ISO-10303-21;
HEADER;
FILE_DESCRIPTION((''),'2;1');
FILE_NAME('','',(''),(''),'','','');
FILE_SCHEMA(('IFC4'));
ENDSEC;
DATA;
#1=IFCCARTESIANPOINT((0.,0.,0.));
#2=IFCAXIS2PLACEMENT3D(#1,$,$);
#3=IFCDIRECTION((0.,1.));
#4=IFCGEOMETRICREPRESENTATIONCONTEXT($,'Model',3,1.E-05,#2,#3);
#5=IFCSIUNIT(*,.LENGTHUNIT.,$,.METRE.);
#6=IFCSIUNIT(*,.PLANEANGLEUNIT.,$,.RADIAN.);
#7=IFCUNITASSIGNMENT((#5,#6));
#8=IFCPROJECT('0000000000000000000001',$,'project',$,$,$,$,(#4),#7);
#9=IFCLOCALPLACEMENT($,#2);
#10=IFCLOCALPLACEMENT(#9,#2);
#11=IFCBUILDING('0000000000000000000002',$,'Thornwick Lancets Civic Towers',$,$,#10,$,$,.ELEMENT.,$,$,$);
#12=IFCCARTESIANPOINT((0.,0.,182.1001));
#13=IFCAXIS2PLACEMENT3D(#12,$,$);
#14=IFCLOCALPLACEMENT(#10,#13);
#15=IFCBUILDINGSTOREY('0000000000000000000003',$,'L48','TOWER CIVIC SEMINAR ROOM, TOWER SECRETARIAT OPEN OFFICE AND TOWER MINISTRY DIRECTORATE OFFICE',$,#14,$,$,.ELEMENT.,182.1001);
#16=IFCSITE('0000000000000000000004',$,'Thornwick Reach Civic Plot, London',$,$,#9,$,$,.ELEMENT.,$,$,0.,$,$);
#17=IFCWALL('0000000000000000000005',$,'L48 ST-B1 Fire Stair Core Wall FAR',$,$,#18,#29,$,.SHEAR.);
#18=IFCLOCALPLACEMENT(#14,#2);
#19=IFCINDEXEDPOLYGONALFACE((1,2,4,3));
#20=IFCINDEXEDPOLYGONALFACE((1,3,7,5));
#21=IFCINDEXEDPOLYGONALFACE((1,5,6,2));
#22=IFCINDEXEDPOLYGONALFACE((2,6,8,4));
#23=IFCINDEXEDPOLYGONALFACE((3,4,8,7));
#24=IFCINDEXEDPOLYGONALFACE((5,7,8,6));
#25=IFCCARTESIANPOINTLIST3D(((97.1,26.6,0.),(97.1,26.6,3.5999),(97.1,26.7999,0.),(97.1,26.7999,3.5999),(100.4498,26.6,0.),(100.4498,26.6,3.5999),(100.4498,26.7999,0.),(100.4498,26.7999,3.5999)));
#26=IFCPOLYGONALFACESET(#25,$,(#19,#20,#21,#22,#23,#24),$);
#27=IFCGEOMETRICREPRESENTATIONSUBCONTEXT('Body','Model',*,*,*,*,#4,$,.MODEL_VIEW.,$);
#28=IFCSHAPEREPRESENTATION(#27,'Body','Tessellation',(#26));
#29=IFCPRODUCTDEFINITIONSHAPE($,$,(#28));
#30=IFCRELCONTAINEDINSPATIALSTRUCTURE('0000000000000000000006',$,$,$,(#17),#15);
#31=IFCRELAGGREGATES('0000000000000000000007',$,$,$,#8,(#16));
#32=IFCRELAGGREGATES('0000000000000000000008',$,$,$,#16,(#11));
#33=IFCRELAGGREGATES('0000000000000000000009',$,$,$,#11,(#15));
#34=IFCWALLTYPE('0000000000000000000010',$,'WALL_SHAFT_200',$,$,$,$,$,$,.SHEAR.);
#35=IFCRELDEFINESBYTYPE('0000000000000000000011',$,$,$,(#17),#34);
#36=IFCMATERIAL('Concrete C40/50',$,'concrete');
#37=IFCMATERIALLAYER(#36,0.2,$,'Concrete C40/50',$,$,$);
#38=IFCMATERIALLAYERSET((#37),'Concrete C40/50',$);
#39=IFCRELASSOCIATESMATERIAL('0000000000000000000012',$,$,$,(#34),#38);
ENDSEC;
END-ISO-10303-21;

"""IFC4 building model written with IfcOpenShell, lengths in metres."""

from ifc_helpers import new_model, si_unit, direction, frame, frame_2d, origin, place, context, subcontext, project, spatial, rectangle, extrude, material, layer, layer_set, type_object, element, save


model = new_model("IFC4")

# Units and contexts
model_context = context("Model", 3, precision=1e-05, world=origin(), true_north=direction((0.0, 1.0)))
body_context = subcontext(model_context, "Body", "Model", "MODEL_VIEW")
ifc_project = project(units=[si_unit("LENGTHUNIT", "METRE"), si_unit("PLANEANGLEUNIT", "RADIAN")], contexts=[model_context])

# Site, building, storey
site_placement = place(None, origin())
site = spatial("IfcSite", under=ifc_project, at=site_placement, Name="Thornwick Reach Civic Plot, London", CompositionType="ELEMENT", RefElevation=0.0)
building_placement = place(site_placement, origin())
building = spatial("IfcBuilding", under=site, at=building_placement, Name="Thornwick Lancets Civic Towers", CompositionType="ELEMENT")
storey_placement = place(building_placement, frame((0.0, 0.0, 182.1001)))
storey = spatial("IfcBuildingStorey", under=building, at=storey_placement, Name="L48", Description="TOWER CIVIC SEMINAR ROOM, TOWER SECRETARIAT OPEN OFFICE AND TOWER MINISTRY DIRECTORATE OFFICE", CompositionType="ELEMENT", Elevation=182.1001)

# Wall
ifc_material_1 = material(Name="Concrete C40/50", Category="concrete")
ifc_layer_1 = layer(ifc_material_1, 0.2, Name="Concrete C40/50")
ifc_layer_set_1 = layer_set([ifc_layer_1], Name="Concrete C40/50")
wall_type_1 = type_object("IfcWallType", Name="WALL_SHAFT_200", PredefinedType="SHEAR", material=ifc_layer_set_1)
wall_1_placement = place(storey_placement, frame((97.1001, 26.7, 0.0), z_axis=(0.0, 0.0, 1.0), x_axis=(1.0, 0.0, 0.0)))
element("IfcWall", 1, at=wall_1_placement, inside=storey, type_object=wall_type_1, Name="L48 ST-B1 Fire Stair Core Wall FAR", PredefinedType="SHEAR", context=body_context, shape_type="SweptSolid", body=[
    extrude(rectangle(XDim=3.3499, YDim=0.2, at=frame_2d((1.6748, 0.0))), origin(), (0.0, 0.0, 1.0), 3.5999),
])

save(model, "model.ifc")
